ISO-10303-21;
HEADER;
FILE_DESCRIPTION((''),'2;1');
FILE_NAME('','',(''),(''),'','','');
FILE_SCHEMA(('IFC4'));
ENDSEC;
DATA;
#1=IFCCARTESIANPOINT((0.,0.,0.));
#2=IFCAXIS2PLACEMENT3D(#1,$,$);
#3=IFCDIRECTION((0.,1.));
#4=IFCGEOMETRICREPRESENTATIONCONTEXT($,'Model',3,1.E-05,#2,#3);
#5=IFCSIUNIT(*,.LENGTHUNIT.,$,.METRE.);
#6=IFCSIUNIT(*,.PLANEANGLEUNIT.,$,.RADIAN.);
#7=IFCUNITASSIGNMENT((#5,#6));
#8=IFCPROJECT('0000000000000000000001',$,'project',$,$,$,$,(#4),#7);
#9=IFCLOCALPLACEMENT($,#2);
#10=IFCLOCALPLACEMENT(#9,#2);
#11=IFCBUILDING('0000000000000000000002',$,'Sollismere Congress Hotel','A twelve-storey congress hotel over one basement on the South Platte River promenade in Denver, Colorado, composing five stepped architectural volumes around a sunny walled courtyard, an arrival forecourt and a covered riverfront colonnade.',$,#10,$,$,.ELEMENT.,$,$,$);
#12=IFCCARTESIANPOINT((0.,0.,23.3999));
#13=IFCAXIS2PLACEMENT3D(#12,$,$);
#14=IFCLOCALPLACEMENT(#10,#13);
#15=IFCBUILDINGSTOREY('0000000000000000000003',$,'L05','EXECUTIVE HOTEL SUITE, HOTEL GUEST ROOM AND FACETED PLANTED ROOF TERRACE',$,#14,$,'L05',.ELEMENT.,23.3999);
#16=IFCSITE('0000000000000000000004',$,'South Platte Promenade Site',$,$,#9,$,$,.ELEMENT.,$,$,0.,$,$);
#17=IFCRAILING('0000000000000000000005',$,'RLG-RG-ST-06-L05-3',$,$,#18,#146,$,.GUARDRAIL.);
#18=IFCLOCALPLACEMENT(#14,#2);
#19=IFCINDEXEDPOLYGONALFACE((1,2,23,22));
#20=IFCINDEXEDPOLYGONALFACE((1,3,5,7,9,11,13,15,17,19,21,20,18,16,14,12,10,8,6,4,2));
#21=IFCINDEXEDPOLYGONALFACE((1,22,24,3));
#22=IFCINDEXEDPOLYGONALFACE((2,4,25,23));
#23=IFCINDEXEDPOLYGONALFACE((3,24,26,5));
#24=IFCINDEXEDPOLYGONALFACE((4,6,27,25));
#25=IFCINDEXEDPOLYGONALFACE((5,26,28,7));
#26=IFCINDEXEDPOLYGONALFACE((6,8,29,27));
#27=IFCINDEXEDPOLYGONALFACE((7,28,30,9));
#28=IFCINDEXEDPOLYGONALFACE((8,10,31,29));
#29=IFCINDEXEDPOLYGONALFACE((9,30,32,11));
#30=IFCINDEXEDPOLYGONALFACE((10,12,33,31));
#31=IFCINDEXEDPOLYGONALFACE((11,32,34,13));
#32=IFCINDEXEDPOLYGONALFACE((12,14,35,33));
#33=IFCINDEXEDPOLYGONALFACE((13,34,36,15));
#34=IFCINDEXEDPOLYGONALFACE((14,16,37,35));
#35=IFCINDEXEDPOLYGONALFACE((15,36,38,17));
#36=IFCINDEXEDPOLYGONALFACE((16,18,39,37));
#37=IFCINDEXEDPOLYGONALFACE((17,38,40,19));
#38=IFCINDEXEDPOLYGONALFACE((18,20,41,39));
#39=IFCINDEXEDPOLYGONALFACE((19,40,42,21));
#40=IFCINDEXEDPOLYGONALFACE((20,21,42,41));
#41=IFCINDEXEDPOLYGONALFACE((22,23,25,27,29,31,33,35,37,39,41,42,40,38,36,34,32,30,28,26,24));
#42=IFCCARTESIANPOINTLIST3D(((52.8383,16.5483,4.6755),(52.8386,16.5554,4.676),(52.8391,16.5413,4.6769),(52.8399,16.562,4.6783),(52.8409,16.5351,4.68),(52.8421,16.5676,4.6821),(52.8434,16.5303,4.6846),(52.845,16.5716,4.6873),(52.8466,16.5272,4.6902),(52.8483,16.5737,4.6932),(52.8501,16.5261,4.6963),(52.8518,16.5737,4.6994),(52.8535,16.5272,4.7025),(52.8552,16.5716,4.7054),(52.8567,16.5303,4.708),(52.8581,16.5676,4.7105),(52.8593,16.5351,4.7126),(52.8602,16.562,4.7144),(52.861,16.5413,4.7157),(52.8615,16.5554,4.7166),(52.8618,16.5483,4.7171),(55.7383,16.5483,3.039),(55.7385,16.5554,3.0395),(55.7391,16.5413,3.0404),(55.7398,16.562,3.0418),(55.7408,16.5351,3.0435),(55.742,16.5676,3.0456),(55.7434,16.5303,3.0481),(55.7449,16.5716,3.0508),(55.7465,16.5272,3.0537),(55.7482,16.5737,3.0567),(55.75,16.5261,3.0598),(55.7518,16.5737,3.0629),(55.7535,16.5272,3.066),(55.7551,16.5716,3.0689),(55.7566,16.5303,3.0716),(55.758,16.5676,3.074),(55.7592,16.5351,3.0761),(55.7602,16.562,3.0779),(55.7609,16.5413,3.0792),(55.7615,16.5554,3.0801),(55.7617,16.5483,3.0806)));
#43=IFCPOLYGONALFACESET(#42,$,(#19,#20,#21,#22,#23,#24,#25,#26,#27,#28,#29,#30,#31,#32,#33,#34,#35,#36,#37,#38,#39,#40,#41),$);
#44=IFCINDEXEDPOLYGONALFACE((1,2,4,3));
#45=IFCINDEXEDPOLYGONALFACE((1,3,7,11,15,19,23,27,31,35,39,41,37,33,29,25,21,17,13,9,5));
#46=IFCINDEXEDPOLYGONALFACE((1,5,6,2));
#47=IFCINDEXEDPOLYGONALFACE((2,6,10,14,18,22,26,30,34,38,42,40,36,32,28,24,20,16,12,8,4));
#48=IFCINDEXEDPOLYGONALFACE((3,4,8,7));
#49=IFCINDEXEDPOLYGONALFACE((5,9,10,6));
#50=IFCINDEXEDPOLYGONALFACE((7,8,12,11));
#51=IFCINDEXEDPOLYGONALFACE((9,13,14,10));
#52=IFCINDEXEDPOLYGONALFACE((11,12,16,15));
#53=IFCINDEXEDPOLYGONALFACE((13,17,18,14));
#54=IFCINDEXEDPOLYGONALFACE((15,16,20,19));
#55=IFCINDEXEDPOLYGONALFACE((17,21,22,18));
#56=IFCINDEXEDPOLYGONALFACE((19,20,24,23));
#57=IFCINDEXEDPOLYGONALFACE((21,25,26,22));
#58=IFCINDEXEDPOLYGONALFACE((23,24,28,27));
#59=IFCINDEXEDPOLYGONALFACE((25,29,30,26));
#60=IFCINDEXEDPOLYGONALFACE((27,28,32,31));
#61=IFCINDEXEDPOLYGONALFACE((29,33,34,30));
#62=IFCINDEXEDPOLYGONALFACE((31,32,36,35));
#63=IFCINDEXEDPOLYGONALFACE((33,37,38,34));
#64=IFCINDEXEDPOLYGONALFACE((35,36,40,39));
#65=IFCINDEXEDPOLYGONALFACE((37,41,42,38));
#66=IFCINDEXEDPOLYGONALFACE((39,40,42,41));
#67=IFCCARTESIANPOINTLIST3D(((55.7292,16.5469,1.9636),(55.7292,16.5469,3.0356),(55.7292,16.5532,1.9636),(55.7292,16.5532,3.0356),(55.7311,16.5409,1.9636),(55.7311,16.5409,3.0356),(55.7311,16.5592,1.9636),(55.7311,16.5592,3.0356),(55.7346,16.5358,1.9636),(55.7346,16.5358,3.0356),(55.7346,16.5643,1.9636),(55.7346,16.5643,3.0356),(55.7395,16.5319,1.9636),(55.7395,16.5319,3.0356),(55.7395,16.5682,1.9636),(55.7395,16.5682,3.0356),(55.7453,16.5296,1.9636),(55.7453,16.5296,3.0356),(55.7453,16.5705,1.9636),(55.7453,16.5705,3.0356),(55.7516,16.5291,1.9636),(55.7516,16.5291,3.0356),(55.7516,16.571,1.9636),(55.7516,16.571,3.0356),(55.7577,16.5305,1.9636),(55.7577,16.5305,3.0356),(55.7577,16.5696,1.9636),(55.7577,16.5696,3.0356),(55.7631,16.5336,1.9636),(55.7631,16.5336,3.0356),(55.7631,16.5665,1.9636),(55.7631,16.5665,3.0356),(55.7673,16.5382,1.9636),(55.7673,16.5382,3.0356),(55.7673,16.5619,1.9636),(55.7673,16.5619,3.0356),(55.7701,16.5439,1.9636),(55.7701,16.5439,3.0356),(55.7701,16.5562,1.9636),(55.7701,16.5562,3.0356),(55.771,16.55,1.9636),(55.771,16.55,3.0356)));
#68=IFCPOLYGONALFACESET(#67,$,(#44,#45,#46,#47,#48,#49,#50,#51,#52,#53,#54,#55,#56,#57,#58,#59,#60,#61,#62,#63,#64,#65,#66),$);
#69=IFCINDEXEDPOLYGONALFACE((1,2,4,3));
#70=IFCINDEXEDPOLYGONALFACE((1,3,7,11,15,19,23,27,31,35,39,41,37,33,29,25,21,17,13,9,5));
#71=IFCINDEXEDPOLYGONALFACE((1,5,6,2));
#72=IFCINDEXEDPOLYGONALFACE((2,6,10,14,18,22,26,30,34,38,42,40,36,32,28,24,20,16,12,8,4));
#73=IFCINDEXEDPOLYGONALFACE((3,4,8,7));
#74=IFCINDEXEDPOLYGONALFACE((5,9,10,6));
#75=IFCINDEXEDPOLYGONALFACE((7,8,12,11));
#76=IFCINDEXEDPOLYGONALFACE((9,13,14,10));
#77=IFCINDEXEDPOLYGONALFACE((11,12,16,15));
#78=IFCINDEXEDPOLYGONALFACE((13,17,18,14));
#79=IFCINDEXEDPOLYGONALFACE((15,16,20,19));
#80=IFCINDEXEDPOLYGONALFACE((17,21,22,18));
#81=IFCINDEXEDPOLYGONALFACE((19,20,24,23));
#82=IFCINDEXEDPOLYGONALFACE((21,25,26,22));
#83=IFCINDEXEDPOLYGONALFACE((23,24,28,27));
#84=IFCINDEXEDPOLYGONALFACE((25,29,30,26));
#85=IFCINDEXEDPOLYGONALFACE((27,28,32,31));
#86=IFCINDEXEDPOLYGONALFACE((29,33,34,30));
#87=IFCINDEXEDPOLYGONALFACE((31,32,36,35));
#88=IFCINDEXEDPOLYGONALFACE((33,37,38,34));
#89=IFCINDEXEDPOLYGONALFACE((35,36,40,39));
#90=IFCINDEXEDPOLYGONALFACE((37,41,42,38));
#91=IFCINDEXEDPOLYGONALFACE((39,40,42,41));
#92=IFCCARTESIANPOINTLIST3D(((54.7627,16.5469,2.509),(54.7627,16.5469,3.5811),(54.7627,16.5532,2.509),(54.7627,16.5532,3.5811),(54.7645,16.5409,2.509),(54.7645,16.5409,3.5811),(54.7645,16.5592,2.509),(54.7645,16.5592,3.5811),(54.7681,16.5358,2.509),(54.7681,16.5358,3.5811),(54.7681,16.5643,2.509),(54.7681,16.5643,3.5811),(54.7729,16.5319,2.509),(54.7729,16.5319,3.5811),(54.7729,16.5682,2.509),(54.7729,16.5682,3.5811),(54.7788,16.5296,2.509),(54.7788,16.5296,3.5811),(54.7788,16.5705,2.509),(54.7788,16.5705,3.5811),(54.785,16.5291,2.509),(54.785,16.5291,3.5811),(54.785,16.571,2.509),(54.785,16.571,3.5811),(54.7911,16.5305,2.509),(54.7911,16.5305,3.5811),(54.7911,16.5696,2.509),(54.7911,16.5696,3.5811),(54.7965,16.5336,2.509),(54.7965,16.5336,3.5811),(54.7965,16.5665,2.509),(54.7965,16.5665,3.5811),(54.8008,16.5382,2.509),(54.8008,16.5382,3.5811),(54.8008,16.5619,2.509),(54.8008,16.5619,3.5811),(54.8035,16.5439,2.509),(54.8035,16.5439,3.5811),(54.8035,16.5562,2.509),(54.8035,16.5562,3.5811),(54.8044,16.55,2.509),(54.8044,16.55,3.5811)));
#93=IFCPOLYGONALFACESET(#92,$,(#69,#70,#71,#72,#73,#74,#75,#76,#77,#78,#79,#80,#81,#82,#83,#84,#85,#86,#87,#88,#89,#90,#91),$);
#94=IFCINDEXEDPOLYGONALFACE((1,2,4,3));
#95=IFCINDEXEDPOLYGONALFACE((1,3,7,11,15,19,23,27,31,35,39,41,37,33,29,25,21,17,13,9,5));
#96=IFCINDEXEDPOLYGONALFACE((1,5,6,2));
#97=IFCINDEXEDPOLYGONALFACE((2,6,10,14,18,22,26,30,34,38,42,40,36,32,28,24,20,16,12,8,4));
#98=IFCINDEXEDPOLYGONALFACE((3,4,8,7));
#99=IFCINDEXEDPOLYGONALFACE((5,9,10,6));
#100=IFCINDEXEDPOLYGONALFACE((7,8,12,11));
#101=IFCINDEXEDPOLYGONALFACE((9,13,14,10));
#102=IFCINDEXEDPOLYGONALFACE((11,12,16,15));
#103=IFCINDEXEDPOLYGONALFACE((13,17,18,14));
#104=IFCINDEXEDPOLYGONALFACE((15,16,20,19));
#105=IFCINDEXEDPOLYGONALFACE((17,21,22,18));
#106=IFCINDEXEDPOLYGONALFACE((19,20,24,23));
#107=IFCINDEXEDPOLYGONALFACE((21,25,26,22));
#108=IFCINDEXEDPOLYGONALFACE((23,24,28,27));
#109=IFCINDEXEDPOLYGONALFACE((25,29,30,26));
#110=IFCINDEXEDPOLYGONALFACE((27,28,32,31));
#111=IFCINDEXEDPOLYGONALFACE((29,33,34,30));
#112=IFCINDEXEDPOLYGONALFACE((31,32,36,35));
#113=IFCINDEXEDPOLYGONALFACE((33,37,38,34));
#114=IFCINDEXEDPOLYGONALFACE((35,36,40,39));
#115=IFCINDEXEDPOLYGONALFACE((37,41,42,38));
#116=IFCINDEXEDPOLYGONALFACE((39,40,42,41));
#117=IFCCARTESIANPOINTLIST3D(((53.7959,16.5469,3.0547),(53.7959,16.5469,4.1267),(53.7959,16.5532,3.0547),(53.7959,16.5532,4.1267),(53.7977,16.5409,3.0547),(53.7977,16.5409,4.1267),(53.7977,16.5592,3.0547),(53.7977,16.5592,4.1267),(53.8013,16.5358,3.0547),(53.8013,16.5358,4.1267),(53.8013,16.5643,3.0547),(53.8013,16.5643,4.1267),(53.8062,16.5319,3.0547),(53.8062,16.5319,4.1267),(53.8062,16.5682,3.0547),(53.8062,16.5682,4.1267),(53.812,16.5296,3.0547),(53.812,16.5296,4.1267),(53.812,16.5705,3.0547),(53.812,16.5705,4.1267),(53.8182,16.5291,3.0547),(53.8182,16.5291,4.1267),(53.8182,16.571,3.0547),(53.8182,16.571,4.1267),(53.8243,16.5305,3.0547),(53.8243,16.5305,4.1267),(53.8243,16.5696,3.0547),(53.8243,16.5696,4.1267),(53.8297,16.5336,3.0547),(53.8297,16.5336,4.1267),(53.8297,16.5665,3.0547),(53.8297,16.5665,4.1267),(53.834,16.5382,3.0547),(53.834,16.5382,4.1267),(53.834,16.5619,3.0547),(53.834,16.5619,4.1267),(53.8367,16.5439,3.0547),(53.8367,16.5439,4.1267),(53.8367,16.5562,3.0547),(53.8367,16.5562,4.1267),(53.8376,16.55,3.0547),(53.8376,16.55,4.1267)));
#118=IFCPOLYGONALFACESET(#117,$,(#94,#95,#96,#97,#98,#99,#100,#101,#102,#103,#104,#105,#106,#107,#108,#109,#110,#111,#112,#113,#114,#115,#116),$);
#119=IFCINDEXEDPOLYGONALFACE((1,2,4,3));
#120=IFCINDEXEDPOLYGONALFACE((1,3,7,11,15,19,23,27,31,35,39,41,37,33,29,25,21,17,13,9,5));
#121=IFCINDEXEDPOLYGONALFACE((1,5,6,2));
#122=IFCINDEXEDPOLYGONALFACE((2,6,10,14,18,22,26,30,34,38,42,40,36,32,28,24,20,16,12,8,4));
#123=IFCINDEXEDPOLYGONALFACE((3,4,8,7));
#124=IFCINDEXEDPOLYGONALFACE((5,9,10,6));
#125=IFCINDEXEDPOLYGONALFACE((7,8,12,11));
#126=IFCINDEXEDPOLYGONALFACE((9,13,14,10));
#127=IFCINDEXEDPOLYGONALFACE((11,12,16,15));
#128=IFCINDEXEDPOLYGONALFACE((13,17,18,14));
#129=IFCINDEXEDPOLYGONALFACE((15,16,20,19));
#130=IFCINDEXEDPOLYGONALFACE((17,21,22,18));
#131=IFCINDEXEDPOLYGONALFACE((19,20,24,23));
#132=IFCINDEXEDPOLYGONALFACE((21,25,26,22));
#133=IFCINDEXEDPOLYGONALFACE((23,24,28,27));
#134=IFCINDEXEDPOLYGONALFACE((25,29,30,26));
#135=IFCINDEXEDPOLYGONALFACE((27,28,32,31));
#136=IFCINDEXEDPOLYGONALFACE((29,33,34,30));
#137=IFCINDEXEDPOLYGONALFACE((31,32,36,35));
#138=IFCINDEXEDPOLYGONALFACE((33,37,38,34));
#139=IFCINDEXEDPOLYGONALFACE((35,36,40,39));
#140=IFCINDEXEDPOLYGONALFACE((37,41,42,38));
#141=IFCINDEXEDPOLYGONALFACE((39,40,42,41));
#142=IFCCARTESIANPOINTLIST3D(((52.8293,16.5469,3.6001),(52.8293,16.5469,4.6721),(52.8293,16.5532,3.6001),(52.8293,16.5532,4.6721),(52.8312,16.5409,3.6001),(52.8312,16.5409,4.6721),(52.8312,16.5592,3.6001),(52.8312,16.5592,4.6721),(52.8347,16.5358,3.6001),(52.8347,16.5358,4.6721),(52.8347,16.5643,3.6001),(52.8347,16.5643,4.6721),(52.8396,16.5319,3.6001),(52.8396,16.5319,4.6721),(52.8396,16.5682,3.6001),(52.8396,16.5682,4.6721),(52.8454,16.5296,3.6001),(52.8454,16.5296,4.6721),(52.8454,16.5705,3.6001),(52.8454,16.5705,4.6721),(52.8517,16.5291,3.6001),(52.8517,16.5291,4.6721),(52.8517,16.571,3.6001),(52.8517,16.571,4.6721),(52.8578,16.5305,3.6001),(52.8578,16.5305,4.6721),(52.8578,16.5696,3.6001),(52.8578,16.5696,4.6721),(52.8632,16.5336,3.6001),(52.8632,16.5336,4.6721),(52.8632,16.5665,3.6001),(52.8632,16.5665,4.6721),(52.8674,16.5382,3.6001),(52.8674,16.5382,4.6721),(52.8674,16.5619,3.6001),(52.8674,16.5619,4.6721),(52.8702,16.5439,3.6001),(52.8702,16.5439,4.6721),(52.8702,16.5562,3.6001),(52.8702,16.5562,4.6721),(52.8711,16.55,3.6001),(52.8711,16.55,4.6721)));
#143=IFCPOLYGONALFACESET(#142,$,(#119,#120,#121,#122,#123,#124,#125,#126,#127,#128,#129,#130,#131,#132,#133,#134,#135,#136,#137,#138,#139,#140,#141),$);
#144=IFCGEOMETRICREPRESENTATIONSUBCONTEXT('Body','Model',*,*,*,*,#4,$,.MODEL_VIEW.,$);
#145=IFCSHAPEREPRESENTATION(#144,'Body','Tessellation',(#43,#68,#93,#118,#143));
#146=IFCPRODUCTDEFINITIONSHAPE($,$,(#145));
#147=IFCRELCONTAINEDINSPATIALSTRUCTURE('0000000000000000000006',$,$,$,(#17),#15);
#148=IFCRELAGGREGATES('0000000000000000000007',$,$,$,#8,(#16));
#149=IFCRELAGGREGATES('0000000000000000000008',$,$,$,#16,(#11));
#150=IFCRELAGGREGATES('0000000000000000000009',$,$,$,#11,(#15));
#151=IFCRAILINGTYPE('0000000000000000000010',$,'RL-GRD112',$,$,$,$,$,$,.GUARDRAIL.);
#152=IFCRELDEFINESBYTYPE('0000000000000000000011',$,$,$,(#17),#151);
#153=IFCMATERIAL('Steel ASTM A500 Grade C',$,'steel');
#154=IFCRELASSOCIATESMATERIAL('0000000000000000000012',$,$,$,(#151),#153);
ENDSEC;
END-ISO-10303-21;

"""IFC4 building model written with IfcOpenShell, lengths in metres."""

from ifc_helpers import new_model, si_unit, direction, frame, origin, origin_2d, place, context, subcontext, project, spatial, circle, extrude, material, type_object, element, save


model = new_model("IFC4")

# Units and contexts
model_context = context("Model", 3, precision=1e-05, world=origin(), true_north=direction((0.0, 1.0)))
body_context = subcontext(model_context, "Body", "Model", "MODEL_VIEW")
ifc_project = project(units=[si_unit("LENGTHUNIT", "METRE"), si_unit("PLANEANGLEUNIT", "RADIAN")], contexts=[model_context])

# Site, building, storey
site_placement = place(None, origin())
site = spatial("IfcSite", under=ifc_project, at=site_placement, Name="South Platte Promenade Site", CompositionType="ELEMENT", RefElevation=0.0)
building_placement = place(site_placement, origin())
building = spatial("IfcBuilding", under=site, at=building_placement, Name="Sollismere Congress Hotel", Description="A twelve-storey congress hotel over one basement on the South Platte River promenade in Denver, Colorado, composing five stepped architectural volumes around a sunny walled courtyard, an arrival forecourt and a covered riverfront colonnade.", CompositionType="ELEMENT")
storey_placement = place(building_placement, frame((0.0, 0.0, 23.3999)))
storey = spatial("IfcBuildingStorey", under=building, at=storey_placement, Name="L05", Description="EXECUTIVE HOTEL SUITE, HOTEL GUEST ROOM AND FACETED PLANTED ROOF TERRACE", LongName="L05", CompositionType="ELEMENT", Elevation=23.3999)

# Railing
ifc_material_1 = material(Name="Steel ASTM A500 Grade C", Category="steel")
railing_type_1 = type_object("IfcRailingType", Name="RL-GRD112", PredefinedType="GUARDRAIL", material=ifc_material_1)
railing_1_placement = place(storey_placement, frame((55.75, 16.55, 1.9636)))
element("IfcRailing", 1, at=railing_1_placement, inside=storey, type_object=railing_type_1, Name="RLG-RG-ST-06-L05-3", PredefinedType="GUARDRAIL", context=body_context, shape_type="SweptSolid", body=[
    extrude(circle(Radius=0.0239, at=origin_2d()), frame((0.0, 0.0, 1.0962), z_axis=(-0.870897, 0.0, 0.491465), x_axis=(0.0, -1.0, 0.0)), (0.0, 0.0, 1.0), 3.3298),
    extrude(circle(Radius=0.021, at=origin_2d()), origin(), (0.0, 0.0, 1.0), 1.072),
    extrude(circle(Radius=0.021, at=origin_2d()), frame((-0.9666, 0.0, 0.5454)), (0.0, 0.0, 1.0), 1.072),
    extrude(circle(Radius=0.021, at=origin_2d()), frame((-1.9333, 0.0, 1.0911)), (0.0, 0.0, 1.0), 1.072),
    extrude(circle(Radius=0.021, at=origin_2d()), frame((-2.8999, 0.0, 1.6365)), (0.0, 0.0, 1.0), 1.072),
])

save(model, "model.ifc")
